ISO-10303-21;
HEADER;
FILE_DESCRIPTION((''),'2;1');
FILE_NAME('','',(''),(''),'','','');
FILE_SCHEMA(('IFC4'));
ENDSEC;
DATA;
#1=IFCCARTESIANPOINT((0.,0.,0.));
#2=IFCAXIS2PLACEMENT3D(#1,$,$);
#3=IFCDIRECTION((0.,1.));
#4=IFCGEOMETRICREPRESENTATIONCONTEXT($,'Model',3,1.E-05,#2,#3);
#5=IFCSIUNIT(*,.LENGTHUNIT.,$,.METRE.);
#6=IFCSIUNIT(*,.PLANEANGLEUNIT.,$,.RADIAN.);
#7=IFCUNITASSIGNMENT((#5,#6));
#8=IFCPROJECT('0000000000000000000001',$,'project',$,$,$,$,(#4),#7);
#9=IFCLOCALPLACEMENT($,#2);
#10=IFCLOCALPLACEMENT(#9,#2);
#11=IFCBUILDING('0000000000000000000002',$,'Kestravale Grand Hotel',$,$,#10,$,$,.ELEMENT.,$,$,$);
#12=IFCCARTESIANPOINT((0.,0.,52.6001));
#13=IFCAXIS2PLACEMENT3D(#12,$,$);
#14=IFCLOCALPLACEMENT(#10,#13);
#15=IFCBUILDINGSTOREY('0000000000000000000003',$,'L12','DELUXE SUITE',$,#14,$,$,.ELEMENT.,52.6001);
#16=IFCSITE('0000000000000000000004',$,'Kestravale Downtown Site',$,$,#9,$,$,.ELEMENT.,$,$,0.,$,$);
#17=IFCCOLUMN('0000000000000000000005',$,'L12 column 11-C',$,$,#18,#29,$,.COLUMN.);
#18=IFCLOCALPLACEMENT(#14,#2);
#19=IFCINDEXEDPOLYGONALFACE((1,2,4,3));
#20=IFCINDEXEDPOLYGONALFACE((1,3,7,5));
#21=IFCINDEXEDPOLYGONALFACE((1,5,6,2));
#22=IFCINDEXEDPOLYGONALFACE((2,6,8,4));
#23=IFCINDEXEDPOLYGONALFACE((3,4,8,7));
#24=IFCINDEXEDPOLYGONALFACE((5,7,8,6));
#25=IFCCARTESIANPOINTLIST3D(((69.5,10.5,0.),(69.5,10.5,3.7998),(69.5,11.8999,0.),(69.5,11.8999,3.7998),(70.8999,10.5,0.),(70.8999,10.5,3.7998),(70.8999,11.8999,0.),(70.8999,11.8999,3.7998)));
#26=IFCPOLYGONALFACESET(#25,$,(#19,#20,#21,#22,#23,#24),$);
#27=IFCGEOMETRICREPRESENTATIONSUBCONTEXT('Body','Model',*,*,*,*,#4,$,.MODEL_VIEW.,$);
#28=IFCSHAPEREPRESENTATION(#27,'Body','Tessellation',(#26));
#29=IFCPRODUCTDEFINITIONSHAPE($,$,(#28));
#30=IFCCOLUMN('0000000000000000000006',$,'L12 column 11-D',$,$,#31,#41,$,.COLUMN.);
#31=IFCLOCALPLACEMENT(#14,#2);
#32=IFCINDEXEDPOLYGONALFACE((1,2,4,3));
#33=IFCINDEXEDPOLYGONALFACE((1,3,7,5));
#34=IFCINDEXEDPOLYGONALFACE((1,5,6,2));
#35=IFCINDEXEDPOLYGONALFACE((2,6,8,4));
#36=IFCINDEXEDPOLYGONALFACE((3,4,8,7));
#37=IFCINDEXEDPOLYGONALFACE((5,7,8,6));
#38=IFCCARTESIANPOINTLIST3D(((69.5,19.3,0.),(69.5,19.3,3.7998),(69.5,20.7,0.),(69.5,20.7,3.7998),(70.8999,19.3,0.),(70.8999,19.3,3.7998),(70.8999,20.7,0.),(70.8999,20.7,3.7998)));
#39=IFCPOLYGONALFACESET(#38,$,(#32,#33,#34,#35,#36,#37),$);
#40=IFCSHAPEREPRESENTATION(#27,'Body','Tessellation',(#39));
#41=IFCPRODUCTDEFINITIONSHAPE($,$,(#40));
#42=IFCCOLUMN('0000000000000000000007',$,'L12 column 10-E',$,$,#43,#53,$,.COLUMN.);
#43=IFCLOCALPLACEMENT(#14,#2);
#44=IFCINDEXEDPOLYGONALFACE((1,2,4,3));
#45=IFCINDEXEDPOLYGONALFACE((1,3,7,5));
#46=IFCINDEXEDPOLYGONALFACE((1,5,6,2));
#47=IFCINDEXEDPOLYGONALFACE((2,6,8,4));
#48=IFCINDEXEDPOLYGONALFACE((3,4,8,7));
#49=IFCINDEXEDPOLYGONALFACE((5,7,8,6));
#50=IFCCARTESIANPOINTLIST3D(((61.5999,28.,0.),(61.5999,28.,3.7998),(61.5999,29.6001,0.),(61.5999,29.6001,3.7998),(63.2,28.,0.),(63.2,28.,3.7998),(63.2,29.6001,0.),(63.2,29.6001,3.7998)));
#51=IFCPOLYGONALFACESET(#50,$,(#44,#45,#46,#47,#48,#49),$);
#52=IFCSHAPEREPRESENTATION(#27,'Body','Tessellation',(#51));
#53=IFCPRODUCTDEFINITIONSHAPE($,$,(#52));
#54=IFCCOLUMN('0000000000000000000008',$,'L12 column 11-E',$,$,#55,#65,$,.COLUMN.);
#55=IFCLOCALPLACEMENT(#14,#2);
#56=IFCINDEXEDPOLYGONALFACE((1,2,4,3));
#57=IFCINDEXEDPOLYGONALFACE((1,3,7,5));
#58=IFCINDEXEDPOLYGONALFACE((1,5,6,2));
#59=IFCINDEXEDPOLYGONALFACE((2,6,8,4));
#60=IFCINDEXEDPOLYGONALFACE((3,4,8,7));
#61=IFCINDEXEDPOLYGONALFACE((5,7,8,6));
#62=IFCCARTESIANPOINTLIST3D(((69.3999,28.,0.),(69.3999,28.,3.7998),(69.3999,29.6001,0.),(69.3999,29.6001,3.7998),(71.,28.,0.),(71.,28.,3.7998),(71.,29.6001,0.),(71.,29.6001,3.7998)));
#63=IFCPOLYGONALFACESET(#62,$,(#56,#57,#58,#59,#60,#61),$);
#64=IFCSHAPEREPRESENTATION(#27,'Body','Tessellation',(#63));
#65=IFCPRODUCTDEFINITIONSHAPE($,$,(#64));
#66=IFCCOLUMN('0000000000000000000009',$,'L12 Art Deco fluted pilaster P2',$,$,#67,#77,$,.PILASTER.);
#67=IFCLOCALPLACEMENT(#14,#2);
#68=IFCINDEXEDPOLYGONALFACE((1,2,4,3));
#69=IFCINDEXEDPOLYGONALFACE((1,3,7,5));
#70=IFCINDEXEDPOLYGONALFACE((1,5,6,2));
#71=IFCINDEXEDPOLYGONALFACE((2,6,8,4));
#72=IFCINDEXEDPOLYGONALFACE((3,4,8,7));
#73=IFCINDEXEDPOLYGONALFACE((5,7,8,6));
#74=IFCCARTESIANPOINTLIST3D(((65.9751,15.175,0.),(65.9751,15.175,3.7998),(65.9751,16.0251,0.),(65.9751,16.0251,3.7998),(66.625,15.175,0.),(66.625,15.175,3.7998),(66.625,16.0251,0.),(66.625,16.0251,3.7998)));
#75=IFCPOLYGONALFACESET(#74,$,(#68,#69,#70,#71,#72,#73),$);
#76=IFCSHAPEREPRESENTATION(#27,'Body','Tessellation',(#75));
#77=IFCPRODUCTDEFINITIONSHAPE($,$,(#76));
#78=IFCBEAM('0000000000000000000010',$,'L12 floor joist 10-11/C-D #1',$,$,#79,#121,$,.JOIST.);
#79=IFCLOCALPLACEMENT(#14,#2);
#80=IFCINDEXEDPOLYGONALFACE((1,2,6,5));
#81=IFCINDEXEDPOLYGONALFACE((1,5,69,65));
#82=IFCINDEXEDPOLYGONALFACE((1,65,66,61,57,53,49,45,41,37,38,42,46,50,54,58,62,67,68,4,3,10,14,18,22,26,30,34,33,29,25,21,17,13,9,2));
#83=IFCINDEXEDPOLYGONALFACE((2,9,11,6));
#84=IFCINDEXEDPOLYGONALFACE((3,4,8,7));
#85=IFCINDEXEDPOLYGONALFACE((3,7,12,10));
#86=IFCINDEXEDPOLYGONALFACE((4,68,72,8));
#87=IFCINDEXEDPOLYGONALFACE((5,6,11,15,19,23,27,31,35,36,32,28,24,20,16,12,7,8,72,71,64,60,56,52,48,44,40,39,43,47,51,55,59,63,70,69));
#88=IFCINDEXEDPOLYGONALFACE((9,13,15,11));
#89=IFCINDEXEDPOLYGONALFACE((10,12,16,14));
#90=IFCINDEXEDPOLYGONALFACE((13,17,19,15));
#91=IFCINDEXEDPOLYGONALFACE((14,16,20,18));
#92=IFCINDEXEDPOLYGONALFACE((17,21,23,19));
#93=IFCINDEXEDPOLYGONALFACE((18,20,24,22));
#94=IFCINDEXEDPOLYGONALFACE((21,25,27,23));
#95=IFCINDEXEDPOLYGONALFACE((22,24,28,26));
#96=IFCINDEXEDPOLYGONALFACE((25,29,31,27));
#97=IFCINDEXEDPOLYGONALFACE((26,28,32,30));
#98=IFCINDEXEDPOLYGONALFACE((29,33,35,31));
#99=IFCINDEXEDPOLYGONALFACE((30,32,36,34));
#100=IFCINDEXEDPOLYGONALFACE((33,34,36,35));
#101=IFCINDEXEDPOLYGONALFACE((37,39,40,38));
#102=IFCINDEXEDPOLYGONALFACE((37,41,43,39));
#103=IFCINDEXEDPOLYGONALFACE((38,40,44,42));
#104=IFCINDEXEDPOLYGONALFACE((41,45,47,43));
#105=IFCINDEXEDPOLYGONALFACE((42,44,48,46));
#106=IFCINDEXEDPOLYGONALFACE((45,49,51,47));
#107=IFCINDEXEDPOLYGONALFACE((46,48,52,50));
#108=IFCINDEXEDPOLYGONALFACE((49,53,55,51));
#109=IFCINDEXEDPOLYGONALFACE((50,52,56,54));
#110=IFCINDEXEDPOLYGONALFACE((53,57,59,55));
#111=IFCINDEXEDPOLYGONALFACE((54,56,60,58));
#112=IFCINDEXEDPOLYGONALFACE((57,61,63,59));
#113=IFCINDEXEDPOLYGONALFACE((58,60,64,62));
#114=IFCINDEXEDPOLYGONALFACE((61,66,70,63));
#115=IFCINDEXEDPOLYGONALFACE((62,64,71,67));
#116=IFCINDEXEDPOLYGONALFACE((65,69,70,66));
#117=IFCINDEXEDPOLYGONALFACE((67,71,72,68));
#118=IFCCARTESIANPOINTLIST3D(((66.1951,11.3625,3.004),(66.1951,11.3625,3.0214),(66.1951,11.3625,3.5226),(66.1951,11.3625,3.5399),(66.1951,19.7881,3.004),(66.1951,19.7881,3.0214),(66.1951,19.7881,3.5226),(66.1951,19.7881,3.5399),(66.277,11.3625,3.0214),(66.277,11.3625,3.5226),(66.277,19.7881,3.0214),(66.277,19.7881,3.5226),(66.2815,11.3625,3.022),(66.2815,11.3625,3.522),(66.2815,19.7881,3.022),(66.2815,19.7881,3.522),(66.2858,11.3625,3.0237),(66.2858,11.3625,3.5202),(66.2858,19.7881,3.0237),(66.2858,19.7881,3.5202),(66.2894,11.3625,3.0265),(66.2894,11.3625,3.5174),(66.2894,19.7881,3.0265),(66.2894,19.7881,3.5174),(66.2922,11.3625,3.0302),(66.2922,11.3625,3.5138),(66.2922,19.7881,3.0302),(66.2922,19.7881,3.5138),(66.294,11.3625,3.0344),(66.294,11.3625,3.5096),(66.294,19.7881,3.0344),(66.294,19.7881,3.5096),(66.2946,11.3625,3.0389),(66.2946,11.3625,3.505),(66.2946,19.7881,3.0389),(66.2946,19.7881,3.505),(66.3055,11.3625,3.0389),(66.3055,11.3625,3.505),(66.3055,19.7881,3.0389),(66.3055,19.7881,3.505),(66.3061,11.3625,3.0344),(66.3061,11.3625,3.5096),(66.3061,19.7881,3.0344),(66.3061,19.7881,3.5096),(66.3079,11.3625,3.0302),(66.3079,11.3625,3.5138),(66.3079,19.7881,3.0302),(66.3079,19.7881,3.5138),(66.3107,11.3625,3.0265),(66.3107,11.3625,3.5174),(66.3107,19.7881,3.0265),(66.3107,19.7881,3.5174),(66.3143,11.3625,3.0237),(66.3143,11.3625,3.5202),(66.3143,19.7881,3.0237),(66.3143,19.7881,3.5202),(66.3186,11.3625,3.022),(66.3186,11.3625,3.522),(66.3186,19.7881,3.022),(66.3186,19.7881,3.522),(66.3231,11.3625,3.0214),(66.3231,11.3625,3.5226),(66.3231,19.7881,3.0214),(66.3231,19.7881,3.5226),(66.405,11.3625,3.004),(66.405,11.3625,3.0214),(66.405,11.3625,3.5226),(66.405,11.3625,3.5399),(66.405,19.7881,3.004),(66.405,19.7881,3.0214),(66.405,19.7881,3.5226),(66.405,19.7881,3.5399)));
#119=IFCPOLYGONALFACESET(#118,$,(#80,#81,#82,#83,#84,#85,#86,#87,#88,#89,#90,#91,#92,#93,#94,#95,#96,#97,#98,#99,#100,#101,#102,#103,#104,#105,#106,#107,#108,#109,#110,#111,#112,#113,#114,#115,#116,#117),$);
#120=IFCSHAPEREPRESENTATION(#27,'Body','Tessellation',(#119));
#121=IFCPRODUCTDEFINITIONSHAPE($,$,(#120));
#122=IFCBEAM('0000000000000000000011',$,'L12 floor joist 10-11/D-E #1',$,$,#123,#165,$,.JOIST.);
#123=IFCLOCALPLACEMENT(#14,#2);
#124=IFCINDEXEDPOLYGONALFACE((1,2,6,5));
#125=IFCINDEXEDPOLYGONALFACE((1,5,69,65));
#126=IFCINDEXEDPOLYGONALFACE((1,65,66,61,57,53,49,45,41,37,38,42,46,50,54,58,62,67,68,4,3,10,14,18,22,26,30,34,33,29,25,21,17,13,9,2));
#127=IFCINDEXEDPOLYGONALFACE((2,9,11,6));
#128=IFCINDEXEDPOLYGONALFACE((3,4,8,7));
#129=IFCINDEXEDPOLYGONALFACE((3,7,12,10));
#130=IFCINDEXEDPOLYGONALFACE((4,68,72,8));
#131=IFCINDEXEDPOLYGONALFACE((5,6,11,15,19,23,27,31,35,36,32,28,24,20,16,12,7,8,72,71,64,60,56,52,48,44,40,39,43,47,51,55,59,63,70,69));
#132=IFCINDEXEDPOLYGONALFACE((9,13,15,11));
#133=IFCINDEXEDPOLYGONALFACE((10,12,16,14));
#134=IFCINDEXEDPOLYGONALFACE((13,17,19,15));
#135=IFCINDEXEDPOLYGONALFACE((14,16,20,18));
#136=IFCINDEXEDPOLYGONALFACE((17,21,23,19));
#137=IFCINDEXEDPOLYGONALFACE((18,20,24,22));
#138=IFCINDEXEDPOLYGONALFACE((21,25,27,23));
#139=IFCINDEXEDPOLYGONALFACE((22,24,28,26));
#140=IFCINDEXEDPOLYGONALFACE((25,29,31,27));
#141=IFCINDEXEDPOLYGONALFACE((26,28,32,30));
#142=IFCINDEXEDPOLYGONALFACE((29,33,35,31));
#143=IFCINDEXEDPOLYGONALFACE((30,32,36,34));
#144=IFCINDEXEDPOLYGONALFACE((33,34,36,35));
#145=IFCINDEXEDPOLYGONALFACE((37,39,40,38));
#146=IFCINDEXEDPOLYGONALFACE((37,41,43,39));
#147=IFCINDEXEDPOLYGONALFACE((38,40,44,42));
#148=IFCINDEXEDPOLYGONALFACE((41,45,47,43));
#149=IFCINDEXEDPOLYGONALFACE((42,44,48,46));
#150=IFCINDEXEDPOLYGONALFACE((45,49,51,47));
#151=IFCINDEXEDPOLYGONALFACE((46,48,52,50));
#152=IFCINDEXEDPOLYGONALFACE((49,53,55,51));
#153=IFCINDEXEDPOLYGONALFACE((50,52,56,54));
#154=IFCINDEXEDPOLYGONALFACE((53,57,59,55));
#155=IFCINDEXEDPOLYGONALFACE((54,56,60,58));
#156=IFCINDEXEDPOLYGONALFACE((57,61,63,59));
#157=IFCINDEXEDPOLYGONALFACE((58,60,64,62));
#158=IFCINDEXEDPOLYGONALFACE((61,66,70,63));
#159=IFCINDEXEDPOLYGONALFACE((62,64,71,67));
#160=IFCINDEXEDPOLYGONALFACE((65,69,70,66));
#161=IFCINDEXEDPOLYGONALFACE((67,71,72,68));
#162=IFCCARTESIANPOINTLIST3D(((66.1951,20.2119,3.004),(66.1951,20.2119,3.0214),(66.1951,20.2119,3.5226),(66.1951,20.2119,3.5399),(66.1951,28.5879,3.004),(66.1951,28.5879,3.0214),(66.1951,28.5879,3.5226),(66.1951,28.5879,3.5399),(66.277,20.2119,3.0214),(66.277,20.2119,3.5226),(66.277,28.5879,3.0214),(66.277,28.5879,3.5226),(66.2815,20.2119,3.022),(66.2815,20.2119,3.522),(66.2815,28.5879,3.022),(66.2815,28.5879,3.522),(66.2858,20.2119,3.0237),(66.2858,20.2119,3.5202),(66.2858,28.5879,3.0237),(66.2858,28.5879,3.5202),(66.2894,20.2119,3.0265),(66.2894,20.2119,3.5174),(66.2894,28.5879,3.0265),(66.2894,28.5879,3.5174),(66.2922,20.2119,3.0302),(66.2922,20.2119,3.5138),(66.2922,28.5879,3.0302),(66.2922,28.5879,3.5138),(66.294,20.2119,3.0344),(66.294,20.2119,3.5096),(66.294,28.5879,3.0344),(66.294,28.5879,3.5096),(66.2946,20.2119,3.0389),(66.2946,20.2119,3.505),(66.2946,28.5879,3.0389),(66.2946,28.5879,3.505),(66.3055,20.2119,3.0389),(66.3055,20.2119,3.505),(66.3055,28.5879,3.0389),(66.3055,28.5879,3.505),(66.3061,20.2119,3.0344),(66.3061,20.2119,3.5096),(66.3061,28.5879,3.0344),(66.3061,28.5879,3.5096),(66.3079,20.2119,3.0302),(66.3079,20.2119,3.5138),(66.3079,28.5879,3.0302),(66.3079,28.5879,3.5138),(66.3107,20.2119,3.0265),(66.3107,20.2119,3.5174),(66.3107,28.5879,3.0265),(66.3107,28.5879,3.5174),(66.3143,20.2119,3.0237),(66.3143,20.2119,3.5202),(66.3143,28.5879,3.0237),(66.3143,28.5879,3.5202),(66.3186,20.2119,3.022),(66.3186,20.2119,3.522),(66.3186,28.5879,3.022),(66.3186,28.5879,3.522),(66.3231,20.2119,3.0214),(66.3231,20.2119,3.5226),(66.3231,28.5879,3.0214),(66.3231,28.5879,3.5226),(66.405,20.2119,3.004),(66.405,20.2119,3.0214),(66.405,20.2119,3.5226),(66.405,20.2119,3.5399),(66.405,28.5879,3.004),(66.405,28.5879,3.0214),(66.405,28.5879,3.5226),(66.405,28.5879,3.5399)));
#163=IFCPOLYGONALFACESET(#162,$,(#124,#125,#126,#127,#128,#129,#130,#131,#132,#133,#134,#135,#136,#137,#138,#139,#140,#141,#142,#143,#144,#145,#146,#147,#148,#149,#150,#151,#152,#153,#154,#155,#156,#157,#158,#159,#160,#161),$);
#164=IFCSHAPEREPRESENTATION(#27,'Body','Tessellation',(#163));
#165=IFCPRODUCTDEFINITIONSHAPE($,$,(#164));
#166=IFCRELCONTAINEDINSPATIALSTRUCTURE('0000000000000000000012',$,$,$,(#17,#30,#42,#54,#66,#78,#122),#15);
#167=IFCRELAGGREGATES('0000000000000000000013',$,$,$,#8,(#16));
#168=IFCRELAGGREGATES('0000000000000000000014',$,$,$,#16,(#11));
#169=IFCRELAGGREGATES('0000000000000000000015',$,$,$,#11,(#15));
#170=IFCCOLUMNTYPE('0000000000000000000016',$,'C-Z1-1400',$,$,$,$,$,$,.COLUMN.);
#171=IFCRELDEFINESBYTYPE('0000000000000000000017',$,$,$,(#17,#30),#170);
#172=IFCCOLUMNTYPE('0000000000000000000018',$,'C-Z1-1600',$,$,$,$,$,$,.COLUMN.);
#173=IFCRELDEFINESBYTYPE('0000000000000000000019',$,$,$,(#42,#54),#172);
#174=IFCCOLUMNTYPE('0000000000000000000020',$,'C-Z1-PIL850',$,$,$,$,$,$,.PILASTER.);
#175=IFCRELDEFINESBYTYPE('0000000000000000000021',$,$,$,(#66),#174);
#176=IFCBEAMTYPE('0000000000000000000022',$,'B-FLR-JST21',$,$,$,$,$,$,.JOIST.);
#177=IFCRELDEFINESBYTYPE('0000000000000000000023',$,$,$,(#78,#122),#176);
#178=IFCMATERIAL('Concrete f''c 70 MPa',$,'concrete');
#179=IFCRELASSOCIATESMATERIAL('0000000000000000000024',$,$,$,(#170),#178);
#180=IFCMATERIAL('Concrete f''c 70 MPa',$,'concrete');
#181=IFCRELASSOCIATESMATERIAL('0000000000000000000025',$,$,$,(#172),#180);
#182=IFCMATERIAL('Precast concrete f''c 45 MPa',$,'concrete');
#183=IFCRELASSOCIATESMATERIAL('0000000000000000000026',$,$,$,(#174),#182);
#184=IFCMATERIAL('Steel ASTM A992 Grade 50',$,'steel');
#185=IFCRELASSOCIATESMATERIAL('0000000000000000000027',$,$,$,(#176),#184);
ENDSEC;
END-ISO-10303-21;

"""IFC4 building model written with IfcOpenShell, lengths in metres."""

from ifc_helpers import new_model, si_unit, direction, frame, origin, origin_2d, place, context, subcontext, project, spatial, rectangle, i_section, extrude, material, material_profile, profile_set, type_object, element, save


model = new_model("IFC4")

# Units and contexts
model_context = context("Model", 3, precision=1e-05, world=origin(), true_north=direction((0.0, 1.0)))
body_context = subcontext(model_context, "Body", "Model", "MODEL_VIEW")
ifc_project = project(units=[si_unit("LENGTHUNIT", "METRE"), si_unit("PLANEANGLEUNIT", "RADIAN")], contexts=[model_context])

# Site, building, storey
site_placement = place(None, origin())
site = spatial("IfcSite", under=ifc_project, at=site_placement, Name="Kestravale Downtown Site", CompositionType="ELEMENT", RefElevation=0.0)
building_placement = place(site_placement, origin())
building = spatial("IfcBuilding", under=site, at=building_placement, Name="Kestravale Grand Hotel", CompositionType="ELEMENT")
storey_placement = place(building_placement, frame((0.0, 0.0, 52.6001)))
storey = spatial("IfcBuildingStorey", under=building, at=storey_placement, Name="L12", Description="DELUXE SUITE", CompositionType="ELEMENT", Elevation=52.6001)

# Columns
ifc_material_1 = material(Name="Concrete f'c 70 MPa", Category="concrete")
ifc_material_profile_1 = material_profile(ifc_material_1, rectangle(XDim=1.3999, YDim=1.3999, at=origin_2d()))
ifc_profile_set_1 = profile_set([ifc_material_profile_1], Name="Concrete f'c 70 MPa")
column_type_1 = type_object("IfcColumnType", Name="C-Z1-1400", PredefinedType="COLUMN", material=ifc_profile_set_1)
for number, where, z_axis, x_axis, name in (
    (1, (70.2, 11.2, 0.0), (0.0, 0.0, 1.0), (1.0, 0.0, 0.0), "L12 column 11-C"),
    (2, (70.2, 20.0, 0.0), (0.0, 0.0, 1.0), (1.0, 0.0, 0.0), "L12 column 11-D"),
):
    element("IfcColumn", number, at=place(storey_placement, frame(where, z_axis=z_axis, x_axis=x_axis)), inside=storey, type_object=column_type_1, Name=name, PredefinedType="COLUMN", context=body_context, shape_type="SweptSolid", body=[
        extrude(rectangle(XDim=1.3999, YDim=1.3999, at=origin_2d()), origin(), (0.0, 0.0, 1.0), 3.7998),
    ])
ifc_material_2 = material(Name="Concrete f'c 70 MPa", Category="concrete")
ifc_material_profile_2 = material_profile(ifc_material_2, rectangle(XDim=1.6001, YDim=1.6001, at=origin_2d()))
ifc_profile_set_2 = profile_set([ifc_material_profile_2], Name="Concrete f'c 70 MPa")
column_type_2 = type_object("IfcColumnType", Name="C-Z1-1600", PredefinedType="COLUMN", material=ifc_profile_set_2)
for number, where, z_axis, x_axis, name in (
    (3, (62.3999, 28.8, 0.0), (0.0, 0.0, 1.0), (1.0, 0.0, 0.0), "L12 column 10-E"),
    (4, (70.2, 28.8, 0.0), (0.0, 0.0, 1.0), (1.0, 0.0, 0.0), "L12 column 11-E"),
):
    element("IfcColumn", number, at=place(storey_placement, frame(where, z_axis=z_axis, x_axis=x_axis)), inside=storey, type_object=column_type_2, Name=name, PredefinedType="COLUMN", context=body_context, shape_type="SweptSolid", body=[
        extrude(rectangle(XDim=1.6001, YDim=1.6001, at=origin_2d()), origin(), (0.0, 0.0, 1.0), 3.7998),
    ])
ifc_material_3 = material(Name="Precast concrete f'c 45 MPa", Category="concrete")
ifc_material_profile_3 = material_profile(ifc_material_3, rectangle(XDim=0.6499, YDim=0.8501, at=origin_2d()))
ifc_profile_set_3 = profile_set([ifc_material_profile_3], Name="Precast concrete f'c 45 MPa")
column_type_3 = type_object("IfcColumnType", Name="C-Z1-PIL850", PredefinedType="PILASTER", material=ifc_profile_set_3)
column_placement = place(storey_placement, frame((66.3, 15.6001, 0.0), z_axis=(0.0, 0.0, 1.0), x_axis=(1.0, 0.0, 0.0)))
element("IfcColumn", 5, at=column_placement, inside=storey, type_object=column_type_3, Name="L12 Art Deco fluted pilaster P2", PredefinedType="PILASTER", context=body_context, shape_type="SweptSolid", body=[
    extrude(rectangle(XDim=0.6499, YDim=0.8501, at=origin_2d()), origin(), (0.0, 0.0, 1.0), 3.7998),
])

# Beams
ifc_material_4 = material(Name="Steel ASTM A992 Grade 50", Category="steel")
ifc_material_profile_4 = material_profile(ifc_material_4, i_section(OverallWidth=0.21, OverallDepth=0.5359, WebThickness=0.011, FlangeThickness=0.0173, FilletRadius=0.0176, at=origin_2d()))
ifc_profile_set_4 = profile_set([ifc_material_profile_4], Name="Steel ASTM A992 Grade 50")
beam_type_1 = type_object("IfcBeamType", Name="B-FLR-JST21", PredefinedType="JOIST", material=ifc_profile_set_4)
beam_1_placement = place(storey_placement, frame((66.3, 11.3625, 3.272), z_axis=(0.0, 1.0, 0.0), x_axis=(-1.0, 0.0, 0.0)))
element("IfcBeam", 6, at=beam_1_placement, inside=storey, type_object=beam_type_1, Name="L12 floor joist 10-11/C-D #1", PredefinedType="JOIST", context=body_context, shape_type="SweptSolid", body=[
    extrude(i_section(OverallWidth=0.21, OverallDepth=0.5359, WebThickness=0.011, FlangeThickness=0.0173, FilletRadius=0.0176, at=origin_2d()), origin(), (0.0, 0.0, 1.0), 8.4255),
])
beam_2_placement = place(storey_placement, frame((66.3, 20.2119, 3.272), z_axis=(0.0, 1.0, 0.0), x_axis=(-1.0, 0.0, 0.0)))
element("IfcBeam", 7, at=beam_2_placement, inside=storey, type_object=beam_type_1, Name="L12 floor joist 10-11/D-E #1", PredefinedType="JOIST", context=body_context, shape_type="SweptSolid", body=[
    extrude(i_section(OverallWidth=0.21, OverallDepth=0.5359, WebThickness=0.011, FlangeThickness=0.0173, FilletRadius=0.0176, at=origin_2d()), origin(), (0.0, 0.0, 1.0), 8.376),
])

save(model, "model.ifc")
